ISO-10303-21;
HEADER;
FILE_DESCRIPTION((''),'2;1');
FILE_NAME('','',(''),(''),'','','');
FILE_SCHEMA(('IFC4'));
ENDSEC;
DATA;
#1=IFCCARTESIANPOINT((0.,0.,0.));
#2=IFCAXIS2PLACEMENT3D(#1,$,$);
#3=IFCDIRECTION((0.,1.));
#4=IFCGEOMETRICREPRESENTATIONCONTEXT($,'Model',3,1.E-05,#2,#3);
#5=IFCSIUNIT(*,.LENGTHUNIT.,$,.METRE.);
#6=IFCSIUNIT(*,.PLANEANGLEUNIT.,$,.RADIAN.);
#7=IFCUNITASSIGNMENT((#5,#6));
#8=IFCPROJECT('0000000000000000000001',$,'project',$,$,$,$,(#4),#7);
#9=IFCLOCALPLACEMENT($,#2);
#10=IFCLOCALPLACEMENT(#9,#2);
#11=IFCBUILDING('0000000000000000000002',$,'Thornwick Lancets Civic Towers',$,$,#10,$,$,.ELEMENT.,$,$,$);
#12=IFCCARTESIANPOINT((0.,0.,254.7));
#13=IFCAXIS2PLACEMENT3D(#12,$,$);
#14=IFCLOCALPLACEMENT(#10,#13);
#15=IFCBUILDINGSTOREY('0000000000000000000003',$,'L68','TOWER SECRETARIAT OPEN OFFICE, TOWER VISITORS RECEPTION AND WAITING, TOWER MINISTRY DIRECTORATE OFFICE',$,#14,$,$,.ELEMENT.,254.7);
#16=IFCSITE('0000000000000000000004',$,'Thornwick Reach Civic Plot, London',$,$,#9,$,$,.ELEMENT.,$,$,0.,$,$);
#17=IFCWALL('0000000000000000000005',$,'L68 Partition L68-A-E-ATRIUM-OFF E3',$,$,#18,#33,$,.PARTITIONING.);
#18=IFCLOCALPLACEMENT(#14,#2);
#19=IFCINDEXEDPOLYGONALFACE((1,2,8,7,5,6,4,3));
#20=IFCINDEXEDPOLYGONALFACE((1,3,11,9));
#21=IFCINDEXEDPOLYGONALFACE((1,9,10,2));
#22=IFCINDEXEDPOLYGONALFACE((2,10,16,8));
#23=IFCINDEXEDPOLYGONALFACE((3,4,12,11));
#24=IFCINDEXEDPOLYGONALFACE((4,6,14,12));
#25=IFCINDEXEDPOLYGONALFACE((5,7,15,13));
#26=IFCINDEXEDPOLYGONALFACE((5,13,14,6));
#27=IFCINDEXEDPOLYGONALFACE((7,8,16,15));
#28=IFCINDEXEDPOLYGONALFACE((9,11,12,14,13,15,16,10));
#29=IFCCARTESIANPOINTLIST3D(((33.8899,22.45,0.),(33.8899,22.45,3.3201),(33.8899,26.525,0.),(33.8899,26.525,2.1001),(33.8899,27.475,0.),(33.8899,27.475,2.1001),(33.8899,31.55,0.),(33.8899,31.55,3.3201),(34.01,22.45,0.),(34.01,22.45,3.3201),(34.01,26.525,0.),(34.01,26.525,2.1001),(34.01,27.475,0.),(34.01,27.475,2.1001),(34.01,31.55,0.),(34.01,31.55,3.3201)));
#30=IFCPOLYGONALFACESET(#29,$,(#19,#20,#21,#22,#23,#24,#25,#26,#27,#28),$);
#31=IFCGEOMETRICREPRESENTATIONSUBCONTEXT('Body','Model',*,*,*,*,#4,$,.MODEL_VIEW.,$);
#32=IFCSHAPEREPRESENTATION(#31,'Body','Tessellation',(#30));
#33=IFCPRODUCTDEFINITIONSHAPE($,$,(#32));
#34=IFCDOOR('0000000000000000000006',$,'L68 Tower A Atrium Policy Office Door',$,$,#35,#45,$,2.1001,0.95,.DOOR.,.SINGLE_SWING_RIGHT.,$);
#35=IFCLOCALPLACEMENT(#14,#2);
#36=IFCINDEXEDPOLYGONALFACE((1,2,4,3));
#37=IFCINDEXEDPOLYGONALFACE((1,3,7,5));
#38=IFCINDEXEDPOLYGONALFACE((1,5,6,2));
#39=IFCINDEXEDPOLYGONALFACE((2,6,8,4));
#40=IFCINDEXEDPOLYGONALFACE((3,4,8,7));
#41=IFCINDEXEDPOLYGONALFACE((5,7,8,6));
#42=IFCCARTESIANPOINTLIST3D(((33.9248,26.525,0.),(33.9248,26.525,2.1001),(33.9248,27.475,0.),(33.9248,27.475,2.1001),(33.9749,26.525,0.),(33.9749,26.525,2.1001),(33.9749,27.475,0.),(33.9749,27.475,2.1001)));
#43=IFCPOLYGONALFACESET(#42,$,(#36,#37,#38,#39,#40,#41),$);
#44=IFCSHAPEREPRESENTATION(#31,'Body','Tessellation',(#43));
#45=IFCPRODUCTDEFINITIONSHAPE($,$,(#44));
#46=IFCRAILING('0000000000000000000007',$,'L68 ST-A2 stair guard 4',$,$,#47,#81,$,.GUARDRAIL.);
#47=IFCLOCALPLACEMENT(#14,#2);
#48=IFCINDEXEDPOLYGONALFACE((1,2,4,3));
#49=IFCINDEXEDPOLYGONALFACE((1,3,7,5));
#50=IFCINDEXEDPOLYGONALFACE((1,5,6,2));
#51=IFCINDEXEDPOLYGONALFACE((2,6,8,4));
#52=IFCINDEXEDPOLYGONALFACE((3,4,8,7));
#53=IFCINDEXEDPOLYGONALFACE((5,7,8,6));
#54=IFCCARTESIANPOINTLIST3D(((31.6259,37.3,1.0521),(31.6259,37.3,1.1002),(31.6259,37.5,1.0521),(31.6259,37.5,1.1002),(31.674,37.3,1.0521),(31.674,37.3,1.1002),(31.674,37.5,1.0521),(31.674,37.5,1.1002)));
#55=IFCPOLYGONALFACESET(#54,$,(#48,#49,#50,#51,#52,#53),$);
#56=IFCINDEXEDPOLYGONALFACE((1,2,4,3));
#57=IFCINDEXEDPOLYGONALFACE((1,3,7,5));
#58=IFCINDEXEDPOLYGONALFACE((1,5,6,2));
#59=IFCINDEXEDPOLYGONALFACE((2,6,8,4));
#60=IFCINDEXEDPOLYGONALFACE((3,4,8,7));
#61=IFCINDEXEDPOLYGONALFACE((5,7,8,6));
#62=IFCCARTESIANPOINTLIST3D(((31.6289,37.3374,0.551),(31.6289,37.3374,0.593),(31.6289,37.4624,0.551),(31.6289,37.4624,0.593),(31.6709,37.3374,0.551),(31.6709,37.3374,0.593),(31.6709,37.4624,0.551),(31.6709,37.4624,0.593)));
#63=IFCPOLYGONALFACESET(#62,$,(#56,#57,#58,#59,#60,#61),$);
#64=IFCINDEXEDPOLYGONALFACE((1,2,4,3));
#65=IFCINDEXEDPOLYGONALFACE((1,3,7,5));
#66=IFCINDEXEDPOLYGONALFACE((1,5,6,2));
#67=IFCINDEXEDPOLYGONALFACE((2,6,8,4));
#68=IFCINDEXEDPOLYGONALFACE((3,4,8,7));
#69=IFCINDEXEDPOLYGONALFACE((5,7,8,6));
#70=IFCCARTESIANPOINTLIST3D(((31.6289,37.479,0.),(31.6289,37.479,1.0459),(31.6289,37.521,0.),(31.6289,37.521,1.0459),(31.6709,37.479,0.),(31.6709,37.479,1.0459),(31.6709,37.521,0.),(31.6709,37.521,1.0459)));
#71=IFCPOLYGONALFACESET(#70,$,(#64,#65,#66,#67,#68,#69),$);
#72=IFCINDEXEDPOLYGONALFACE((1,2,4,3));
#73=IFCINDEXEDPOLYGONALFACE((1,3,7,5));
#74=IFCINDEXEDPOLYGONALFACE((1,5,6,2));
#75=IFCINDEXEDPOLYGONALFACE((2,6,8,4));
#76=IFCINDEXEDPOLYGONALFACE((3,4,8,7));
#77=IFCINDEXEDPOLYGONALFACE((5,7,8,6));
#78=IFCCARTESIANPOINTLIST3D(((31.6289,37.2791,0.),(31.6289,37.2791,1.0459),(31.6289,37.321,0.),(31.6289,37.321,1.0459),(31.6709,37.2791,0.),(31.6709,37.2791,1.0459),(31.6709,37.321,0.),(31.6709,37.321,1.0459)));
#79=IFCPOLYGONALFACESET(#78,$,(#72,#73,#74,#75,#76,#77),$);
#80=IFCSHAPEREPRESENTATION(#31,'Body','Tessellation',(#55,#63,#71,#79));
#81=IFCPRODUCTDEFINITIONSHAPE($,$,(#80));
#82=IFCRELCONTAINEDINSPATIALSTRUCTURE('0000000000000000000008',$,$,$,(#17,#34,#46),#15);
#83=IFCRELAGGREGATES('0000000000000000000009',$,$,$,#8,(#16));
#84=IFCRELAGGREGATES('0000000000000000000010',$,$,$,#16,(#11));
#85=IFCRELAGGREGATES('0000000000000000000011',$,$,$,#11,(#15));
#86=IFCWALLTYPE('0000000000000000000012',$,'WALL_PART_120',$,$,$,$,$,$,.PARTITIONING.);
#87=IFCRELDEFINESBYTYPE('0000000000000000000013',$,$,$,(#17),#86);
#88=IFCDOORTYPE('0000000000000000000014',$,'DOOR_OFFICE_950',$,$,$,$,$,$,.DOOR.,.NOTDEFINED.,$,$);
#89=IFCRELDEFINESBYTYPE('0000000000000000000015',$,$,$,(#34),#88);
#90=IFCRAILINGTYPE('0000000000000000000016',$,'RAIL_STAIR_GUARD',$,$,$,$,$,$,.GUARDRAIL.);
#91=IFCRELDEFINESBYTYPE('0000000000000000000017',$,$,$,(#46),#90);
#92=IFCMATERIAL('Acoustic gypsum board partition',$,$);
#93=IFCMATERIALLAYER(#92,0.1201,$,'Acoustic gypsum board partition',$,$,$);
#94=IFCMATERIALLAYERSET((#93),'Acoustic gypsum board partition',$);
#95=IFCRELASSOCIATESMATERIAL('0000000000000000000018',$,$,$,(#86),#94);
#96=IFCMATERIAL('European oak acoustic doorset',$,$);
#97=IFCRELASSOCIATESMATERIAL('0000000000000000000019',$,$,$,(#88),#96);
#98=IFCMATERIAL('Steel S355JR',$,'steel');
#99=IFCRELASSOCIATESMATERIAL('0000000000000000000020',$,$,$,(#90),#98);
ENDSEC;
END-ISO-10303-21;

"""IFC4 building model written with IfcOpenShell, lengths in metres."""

from ifc_helpers import new_model, si_unit, direction, frame, frame_2d, origin, origin_2d, place, context, subcontext, project, spatial, rectangle, extrude, material, layer, layer_set, type_object, element, fill, save


model = new_model("IFC4")

# Units and contexts
model_context = context("Model", 3, precision=1e-05, world=origin(), true_north=direction((0.0, 1.0)))
body_context = subcontext(model_context, "Body", "Model", "MODEL_VIEW")
ifc_project = project(units=[si_unit("LENGTHUNIT", "METRE"), si_unit("PLANEANGLEUNIT", "RADIAN")], contexts=[model_context])

# Site, building, storey
site_placement = place(None, origin())
site = spatial("IfcSite", under=ifc_project, at=site_placement, Name="Thornwick Reach Civic Plot, London", CompositionType="ELEMENT", RefElevation=0.0)
building_placement = place(site_placement, origin())
building = spatial("IfcBuilding", under=site, at=building_placement, Name="Thornwick Lancets Civic Towers", CompositionType="ELEMENT")
storey_placement = place(building_placement, frame((0.0, 0.0, 254.7)))
storey = spatial("IfcBuildingStorey", under=building, at=storey_placement, Name="L68", Description="TOWER SECRETARIAT OPEN OFFICE, TOWER VISITORS RECEPTION AND WAITING, TOWER MINISTRY DIRECTORATE OFFICE", CompositionType="ELEMENT", Elevation=254.7)

# Shared definitions
ifc_material_1 = material(Name="Steel S355JR", Category="steel")

# Wall, opening, door
ifc_material_2 = material(Name="Acoustic gypsum board partition")
ifc_layer_1 = layer(ifc_material_2, 0.1201, Name="Acoustic gypsum board partition")
ifc_layer_set_1 = layer_set([ifc_layer_1], Name="Acoustic gypsum board partition")
wall_type_1 = type_object("IfcWallType", Name="WALL_PART_120", PredefinedType="PARTITIONING", material=ifc_layer_set_1)
wall_1_placement = place(storey_placement, frame((33.95, 31.55, 0.0), z_axis=(0.0, 0.0, 1.0), x_axis=(0.0, -1.0, 0.0)))
wall_1 = element("IfcWall", 1, at=wall_1_placement, inside=storey, type_object=wall_type_1, Name="L68 Partition L68-A-E-ATRIUM-OFF E3", PredefinedType="PARTITIONING", context=body_context, shape_type="SweptSolid", body=[
    extrude(rectangle(XDim=9.1001, YDim=0.1201, at=frame_2d((4.55, 0.0))), origin(), (0.0, 0.0, 1.0), 3.3201),
])
opening_1_placement = place(wall_1_placement, frame((4.075, 0.0, 0.0)))
opening_1 = element("IfcOpeningElement", 2, at=opening_1_placement, cuts=wall_1, PredefinedType="OPENING", context=body_context, shape_type="SweptSolid", body=[
    extrude(rectangle(XDim=0.95, YDim=2.1001, at=frame_2d((0.4751, 1.05))), frame((0.0, 0.0701, 0.0), z_axis=(0.0, -1.0, 0.0), x_axis=(1.0, 0.0, 0.0)), (0.0, 0.0, 1.0), 0.1401),
])
ifc_material_3 = material(Name="European oak acoustic doorset")
door_type_1 = type_object("IfcDoorType", Name="DOOR_OFFICE_950", OperationType="NOTDEFINED", PredefinedType="DOOR", material=ifc_material_3)
door_1_placement = place(opening_1_placement, origin())
door_1 = element("IfcDoor", 3, at=door_1_placement, inside=storey, type_object=door_type_1, Name="L68 Tower A Atrium Policy Office Door", OperationType="SINGLE_SWING_RIGHT", OverallHeight=2.1001, OverallWidth=0.95, PredefinedType="DOOR", context=body_context, shape_type="SweptSolid", body=[
    extrude(rectangle(XDim=0.95, YDim=2.1001, at=frame_2d((0.4751, 1.05))), frame((0.0, 0.0249, 0.0), z_axis=(0.0, -1.0, 0.0), x_axis=(1.0, 0.0, 0.0)), (0.0, 0.0, 1.0), 0.05),
])
fill(opening_1, door_1)

# Railing
railing_type = type_object("IfcRailingType", Name="RAIL_STAIR_GUARD", PredefinedType="GUARDRAIL", material=ifc_material_1)
railing_placement = place(storey_placement, frame((31.6499, 37.5, 0.0)))
element("IfcRailing", 4, at=railing_placement, inside=storey, type_object=railing_type, Name="L68 ST-A2 stair guard 4", PredefinedType="GUARDRAIL", context=body_context, shape_type="SweptSolid", body=[
    extrude(rectangle(XDim=0.0481, YDim=0.0481, at=origin_2d()), frame((0.0, 0.0, 1.0762), z_axis=(0.0, -1.0, 0.0), x_axis=(1.0, 0.0, 0.0)), (0.0, 0.0, 1.0), 0.2),
    extrude(rectangle(XDim=0.042, YDim=0.042, at=origin_2d()), frame((0.0, -0.0376, 0.572), z_axis=(0.0, -1.0, 0.0), x_axis=(1.0, 0.0, 0.0)), (0.0, 0.0, 1.0), 0.125),
    extrude(rectangle(XDim=0.042, YDim=0.042, at=origin_2d()), origin(), (0.0, 0.0, 1.0), 1.0459),
    extrude(rectangle(XDim=0.042, YDim=0.042, at=origin_2d()), frame((0.0, -0.2, 0.0)), (0.0, 0.0, 1.0), 1.0459),
])

save(model, "model.ifc")
